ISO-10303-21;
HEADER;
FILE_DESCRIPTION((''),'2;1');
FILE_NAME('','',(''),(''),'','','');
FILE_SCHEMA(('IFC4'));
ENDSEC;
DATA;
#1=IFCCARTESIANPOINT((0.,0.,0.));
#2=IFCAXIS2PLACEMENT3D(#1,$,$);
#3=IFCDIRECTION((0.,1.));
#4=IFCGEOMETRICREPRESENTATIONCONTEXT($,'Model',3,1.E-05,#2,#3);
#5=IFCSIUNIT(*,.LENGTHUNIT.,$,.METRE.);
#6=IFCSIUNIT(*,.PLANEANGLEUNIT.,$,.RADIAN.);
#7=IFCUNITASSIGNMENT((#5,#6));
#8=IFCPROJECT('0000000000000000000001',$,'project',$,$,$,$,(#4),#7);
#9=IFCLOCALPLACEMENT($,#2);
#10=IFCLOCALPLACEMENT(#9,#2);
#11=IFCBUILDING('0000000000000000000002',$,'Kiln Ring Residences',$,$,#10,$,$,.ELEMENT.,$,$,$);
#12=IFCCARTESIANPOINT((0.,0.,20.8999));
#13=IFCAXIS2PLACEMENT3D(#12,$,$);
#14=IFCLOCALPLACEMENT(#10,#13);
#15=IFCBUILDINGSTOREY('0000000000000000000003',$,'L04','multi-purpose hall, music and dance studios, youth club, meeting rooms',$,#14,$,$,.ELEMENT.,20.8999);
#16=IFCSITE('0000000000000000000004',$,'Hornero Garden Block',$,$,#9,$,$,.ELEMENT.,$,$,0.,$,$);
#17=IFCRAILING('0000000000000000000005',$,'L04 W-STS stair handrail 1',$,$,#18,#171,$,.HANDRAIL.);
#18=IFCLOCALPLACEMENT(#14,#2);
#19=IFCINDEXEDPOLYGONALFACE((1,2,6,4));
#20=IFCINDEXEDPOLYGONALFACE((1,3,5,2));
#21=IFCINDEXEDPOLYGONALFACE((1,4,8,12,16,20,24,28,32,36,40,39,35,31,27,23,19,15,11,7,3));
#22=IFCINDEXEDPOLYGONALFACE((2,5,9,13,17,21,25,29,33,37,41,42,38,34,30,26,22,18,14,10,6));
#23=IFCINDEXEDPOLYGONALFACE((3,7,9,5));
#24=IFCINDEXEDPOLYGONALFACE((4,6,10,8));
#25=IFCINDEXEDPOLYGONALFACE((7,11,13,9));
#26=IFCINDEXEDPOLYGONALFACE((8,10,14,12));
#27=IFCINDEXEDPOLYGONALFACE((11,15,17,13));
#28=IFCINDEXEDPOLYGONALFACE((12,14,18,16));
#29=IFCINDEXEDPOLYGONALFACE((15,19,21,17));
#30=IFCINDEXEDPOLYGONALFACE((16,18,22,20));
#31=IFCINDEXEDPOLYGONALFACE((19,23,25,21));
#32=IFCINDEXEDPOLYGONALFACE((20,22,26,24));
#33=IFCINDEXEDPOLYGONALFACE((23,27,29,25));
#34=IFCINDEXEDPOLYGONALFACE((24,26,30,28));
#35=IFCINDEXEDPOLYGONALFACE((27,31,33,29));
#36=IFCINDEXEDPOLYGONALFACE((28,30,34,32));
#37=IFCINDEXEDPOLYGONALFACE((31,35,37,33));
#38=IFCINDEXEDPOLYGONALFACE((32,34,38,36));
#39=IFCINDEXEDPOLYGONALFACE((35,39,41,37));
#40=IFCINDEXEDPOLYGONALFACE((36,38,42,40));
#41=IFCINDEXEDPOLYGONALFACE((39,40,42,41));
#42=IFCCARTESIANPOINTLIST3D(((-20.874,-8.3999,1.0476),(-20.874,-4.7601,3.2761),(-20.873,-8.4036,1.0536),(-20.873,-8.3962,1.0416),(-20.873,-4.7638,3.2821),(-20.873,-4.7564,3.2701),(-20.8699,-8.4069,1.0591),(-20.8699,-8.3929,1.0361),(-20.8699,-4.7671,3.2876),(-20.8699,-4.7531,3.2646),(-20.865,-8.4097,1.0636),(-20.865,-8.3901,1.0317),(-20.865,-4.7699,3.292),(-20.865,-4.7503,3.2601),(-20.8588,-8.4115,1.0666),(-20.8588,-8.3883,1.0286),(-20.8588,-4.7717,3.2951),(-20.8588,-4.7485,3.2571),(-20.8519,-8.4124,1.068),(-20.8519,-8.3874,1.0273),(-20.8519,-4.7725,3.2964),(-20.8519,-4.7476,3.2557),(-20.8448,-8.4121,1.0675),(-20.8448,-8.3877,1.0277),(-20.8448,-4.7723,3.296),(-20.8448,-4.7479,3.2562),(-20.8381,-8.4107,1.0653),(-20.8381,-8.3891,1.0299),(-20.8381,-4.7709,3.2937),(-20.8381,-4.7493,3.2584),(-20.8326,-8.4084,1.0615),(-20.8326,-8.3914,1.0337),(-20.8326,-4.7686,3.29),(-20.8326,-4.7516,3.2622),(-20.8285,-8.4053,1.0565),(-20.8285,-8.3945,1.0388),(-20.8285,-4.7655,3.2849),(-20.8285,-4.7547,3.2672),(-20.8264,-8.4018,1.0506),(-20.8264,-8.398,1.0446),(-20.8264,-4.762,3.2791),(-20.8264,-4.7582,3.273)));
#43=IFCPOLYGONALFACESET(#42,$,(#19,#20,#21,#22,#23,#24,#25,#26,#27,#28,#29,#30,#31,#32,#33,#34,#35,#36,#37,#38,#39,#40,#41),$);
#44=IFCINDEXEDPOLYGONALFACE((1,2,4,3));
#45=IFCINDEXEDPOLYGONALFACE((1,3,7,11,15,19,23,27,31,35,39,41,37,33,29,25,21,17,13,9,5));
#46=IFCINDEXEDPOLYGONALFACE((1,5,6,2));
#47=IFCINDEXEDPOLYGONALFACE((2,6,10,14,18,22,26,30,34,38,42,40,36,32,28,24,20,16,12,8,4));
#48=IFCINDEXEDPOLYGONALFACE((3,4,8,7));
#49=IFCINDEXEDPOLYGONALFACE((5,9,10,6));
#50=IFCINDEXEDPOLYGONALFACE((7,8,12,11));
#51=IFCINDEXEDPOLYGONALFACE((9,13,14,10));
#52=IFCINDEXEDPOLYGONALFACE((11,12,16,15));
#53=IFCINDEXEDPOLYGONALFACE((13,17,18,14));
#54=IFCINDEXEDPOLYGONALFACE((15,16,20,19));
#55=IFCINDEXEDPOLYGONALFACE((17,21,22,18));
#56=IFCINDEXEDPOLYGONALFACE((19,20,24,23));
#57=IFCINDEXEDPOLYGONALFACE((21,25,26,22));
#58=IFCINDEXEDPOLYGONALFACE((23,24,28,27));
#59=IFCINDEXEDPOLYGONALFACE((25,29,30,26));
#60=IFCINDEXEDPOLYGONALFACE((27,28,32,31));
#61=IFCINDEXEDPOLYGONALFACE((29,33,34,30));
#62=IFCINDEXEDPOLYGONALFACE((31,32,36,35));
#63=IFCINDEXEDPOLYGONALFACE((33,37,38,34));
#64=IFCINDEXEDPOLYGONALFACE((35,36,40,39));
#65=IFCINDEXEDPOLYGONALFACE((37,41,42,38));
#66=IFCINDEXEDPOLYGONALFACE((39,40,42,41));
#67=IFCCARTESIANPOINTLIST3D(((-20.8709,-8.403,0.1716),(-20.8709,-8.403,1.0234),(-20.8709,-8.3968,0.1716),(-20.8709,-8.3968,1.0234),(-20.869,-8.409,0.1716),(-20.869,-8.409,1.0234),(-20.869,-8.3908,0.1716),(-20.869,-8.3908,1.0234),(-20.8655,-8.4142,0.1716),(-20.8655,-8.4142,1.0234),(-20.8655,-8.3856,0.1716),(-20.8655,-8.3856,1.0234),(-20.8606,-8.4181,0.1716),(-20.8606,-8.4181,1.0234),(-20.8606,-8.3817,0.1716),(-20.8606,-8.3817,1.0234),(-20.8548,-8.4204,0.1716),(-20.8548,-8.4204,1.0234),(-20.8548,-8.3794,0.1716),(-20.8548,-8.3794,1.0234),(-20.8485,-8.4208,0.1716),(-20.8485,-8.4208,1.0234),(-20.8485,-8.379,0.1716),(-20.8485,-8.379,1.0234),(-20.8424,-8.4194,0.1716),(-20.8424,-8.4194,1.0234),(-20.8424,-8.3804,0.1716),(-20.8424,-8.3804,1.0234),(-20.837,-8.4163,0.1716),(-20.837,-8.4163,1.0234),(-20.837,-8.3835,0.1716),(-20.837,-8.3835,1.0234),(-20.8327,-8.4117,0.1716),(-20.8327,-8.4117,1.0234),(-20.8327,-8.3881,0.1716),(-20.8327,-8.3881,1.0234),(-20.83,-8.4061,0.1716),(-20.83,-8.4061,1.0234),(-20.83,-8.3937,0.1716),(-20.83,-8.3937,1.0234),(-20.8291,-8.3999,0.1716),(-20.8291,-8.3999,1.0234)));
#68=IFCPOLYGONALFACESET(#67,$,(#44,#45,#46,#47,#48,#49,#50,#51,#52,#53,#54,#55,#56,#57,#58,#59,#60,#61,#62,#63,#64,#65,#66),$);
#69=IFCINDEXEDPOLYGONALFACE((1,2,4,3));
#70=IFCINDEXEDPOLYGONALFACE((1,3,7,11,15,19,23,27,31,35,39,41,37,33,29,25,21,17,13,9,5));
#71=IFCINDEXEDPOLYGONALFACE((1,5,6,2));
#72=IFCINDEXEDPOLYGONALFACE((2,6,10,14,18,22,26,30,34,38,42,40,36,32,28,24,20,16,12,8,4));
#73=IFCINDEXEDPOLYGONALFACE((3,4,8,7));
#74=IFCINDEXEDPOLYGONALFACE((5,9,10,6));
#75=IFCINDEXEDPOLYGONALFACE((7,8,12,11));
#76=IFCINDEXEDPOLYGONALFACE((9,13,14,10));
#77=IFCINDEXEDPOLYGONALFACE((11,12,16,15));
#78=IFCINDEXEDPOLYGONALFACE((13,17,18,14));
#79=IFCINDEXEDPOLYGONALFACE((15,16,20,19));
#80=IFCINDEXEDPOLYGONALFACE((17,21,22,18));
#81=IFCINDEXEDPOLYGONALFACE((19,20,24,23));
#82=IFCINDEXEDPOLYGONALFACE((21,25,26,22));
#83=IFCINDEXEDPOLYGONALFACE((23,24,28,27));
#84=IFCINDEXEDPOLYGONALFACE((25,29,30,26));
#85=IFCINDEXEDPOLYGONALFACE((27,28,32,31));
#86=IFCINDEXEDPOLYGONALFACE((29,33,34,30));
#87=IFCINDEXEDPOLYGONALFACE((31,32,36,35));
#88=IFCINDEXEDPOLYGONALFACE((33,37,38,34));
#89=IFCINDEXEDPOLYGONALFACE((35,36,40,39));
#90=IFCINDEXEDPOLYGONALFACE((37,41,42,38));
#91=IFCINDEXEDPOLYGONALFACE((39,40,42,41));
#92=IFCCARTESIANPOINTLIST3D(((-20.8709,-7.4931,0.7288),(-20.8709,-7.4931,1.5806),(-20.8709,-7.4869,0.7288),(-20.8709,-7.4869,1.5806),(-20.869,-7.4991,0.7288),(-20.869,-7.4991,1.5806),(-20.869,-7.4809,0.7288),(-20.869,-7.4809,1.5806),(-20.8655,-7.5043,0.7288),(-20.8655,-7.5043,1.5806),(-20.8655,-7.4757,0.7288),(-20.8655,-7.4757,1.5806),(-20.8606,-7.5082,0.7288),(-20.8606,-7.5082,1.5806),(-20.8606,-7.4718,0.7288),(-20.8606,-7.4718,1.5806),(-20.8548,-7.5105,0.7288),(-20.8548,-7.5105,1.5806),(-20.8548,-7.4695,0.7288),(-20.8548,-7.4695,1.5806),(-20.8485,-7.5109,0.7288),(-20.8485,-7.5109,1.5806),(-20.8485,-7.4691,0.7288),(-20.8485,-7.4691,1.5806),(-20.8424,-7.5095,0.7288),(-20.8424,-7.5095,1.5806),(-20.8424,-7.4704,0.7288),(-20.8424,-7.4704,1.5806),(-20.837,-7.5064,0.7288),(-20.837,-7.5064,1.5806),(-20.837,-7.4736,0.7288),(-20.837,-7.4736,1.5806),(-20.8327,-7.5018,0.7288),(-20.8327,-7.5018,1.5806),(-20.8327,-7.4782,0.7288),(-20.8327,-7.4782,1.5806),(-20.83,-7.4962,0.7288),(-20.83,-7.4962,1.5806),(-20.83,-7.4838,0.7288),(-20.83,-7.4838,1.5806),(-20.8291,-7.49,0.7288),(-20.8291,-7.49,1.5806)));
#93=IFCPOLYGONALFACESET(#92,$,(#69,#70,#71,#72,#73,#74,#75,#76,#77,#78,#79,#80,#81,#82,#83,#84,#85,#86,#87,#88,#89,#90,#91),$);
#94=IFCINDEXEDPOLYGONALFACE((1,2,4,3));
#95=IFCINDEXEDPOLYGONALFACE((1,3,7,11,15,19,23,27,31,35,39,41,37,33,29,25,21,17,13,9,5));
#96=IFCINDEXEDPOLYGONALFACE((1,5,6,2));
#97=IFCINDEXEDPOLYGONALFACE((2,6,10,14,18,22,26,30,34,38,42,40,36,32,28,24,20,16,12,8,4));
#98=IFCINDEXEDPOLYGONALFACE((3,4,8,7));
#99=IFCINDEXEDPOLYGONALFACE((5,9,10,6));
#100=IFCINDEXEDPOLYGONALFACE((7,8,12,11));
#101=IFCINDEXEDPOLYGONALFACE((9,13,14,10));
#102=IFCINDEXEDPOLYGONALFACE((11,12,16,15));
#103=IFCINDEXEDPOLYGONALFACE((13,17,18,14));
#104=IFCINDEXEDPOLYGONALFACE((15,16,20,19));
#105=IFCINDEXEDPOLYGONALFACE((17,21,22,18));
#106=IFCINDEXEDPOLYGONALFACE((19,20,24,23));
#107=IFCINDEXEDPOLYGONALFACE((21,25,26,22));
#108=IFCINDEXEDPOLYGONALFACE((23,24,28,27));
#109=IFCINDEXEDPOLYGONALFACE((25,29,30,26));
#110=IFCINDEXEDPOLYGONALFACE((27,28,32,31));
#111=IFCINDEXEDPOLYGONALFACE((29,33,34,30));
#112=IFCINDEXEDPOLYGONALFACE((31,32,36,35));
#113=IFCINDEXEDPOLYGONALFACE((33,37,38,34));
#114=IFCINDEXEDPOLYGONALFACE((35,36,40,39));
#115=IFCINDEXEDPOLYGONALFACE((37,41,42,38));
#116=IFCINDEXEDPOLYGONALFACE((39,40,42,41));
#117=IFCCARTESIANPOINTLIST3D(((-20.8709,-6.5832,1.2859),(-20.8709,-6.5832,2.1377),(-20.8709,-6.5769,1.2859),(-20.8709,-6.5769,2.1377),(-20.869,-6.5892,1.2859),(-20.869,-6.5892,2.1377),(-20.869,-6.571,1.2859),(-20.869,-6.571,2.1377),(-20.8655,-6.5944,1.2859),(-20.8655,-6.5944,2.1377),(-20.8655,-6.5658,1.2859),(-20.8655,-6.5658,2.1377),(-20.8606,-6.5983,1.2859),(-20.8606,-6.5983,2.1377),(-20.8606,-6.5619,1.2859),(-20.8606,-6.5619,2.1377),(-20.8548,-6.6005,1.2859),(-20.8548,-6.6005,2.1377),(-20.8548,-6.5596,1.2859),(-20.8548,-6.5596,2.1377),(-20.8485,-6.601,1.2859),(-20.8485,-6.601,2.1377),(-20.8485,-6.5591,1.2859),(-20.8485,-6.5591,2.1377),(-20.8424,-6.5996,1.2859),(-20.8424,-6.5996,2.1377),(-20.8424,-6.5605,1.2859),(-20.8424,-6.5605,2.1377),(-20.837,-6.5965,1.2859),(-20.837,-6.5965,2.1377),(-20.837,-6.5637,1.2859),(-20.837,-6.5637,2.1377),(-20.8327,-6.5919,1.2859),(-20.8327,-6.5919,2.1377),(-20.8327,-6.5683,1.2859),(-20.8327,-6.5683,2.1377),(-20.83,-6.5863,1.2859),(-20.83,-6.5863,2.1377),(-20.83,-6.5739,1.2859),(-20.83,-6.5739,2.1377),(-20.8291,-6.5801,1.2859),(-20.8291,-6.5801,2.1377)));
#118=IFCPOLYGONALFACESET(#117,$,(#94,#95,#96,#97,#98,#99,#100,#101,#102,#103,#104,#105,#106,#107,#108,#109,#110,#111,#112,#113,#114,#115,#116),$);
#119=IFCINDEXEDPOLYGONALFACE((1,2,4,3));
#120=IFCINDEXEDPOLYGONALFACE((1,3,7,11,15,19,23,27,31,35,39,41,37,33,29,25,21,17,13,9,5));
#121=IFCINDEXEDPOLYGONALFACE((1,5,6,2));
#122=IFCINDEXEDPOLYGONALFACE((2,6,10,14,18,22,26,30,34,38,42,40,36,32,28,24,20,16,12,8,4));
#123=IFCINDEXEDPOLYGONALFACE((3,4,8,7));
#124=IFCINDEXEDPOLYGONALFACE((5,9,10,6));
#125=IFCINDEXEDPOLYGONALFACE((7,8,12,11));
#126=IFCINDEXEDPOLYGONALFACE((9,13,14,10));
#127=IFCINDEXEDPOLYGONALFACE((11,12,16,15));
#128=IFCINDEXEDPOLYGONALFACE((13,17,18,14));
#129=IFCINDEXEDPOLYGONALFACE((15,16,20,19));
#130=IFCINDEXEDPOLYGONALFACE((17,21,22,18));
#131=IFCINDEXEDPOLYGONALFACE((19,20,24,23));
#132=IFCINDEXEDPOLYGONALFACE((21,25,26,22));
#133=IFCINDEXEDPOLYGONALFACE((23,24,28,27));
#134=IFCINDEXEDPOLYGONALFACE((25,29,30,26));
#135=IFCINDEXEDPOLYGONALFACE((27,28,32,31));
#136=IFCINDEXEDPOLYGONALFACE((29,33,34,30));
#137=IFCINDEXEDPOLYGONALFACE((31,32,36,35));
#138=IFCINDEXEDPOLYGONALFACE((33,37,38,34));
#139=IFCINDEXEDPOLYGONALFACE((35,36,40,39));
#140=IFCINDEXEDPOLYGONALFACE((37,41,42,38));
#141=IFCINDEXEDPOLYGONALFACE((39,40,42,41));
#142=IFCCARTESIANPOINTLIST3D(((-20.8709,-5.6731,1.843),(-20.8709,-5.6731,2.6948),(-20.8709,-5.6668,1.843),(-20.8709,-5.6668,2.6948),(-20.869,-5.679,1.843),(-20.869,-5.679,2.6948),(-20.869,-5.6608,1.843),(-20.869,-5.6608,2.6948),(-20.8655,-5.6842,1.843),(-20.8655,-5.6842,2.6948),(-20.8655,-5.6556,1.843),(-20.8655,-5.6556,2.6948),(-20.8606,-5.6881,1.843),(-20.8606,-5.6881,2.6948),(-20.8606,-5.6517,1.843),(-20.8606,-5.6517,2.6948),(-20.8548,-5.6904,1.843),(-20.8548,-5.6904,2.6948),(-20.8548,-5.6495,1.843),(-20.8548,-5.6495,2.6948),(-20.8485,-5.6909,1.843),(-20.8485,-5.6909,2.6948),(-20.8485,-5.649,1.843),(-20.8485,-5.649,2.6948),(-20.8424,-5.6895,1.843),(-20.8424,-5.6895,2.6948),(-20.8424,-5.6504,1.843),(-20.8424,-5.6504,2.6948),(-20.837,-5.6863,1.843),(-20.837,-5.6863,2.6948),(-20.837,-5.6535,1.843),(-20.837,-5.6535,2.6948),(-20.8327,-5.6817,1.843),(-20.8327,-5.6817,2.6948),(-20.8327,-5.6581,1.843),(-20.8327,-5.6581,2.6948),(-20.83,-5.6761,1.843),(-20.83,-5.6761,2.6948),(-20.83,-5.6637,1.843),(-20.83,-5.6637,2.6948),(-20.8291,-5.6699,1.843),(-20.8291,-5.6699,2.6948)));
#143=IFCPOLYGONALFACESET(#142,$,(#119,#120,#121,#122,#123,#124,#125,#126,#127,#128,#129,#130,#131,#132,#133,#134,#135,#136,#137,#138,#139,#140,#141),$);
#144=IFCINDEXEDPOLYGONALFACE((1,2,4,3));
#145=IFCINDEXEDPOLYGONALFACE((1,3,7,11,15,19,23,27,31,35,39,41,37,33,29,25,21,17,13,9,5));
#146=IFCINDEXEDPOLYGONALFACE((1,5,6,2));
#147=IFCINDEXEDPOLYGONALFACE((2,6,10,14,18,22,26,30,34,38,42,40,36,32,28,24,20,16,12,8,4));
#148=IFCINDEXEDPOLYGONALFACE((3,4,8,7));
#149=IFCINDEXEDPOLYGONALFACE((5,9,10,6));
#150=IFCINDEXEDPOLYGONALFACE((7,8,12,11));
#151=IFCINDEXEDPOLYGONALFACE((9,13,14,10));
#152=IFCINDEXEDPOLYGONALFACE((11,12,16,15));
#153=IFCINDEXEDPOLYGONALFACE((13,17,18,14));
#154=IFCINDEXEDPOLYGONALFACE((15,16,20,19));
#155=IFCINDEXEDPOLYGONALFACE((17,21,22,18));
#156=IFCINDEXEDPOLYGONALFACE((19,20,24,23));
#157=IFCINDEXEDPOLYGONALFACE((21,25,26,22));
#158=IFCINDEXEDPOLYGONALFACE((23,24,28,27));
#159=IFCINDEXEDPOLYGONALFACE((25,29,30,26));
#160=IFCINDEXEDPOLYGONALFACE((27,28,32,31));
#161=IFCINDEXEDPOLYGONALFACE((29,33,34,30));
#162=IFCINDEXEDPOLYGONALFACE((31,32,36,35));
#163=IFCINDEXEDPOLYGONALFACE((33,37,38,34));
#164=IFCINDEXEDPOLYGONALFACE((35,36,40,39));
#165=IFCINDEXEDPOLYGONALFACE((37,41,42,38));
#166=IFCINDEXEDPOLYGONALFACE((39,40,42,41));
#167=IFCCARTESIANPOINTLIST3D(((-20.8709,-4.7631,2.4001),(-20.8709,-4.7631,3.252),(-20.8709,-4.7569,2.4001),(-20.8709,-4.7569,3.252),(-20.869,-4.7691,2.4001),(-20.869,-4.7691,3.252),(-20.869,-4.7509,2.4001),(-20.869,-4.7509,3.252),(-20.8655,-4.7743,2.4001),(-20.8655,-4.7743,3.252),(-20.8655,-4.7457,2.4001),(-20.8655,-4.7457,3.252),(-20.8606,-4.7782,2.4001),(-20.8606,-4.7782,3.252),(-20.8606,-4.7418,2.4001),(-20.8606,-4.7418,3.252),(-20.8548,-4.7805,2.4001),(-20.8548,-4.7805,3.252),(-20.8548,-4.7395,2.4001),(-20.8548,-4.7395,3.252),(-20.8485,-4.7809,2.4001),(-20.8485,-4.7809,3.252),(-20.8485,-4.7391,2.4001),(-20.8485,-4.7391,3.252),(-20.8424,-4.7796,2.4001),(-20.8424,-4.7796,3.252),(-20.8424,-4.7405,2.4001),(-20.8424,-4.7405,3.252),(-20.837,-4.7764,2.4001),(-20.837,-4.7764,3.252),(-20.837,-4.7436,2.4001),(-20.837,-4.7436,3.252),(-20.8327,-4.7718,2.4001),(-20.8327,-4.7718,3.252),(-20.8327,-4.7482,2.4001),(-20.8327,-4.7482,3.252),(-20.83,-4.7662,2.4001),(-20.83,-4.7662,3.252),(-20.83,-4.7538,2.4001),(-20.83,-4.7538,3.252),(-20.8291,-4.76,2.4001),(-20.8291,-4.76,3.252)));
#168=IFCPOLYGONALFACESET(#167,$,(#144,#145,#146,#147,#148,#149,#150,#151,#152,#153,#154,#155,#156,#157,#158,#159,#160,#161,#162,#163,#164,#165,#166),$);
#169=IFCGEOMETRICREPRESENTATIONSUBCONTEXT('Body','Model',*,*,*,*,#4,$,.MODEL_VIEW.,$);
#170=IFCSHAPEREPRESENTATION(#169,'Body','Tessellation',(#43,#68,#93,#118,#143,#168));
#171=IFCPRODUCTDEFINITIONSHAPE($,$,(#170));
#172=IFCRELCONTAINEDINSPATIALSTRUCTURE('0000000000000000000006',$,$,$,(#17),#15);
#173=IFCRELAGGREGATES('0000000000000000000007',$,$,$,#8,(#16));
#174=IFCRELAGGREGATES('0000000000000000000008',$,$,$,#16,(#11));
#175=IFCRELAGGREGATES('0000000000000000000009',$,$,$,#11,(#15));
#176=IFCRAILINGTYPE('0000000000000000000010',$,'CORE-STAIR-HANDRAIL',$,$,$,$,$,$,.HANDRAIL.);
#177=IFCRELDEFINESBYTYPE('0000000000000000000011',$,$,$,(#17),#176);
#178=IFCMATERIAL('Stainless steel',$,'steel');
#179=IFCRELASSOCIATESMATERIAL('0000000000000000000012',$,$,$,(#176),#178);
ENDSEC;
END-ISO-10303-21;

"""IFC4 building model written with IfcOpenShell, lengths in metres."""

from ifc_helpers import new_model, si_unit, direction, frame, origin, origin_2d, place, context, subcontext, project, spatial, circle, extrude, material, type_object, element, save


model = new_model("IFC4")

# Units and contexts
model_context = context("Model", 3, precision=1e-05, world=origin(), true_north=direction((0.0, 1.0)))
body_context = subcontext(model_context, "Body", "Model", "MODEL_VIEW")
ifc_project = project(units=[si_unit("LENGTHUNIT", "METRE"), si_unit("PLANEANGLEUNIT", "RADIAN")], contexts=[model_context])

# Site, building, storey
site_placement = place(None, origin())
site = spatial("IfcSite", under=ifc_project, at=site_placement, Name="Hornero Garden Block", CompositionType="ELEMENT", RefElevation=0.0)
building_placement = place(site_placement, origin())
building = spatial("IfcBuilding", under=site, at=building_placement, Name="Kiln Ring Residences", CompositionType="ELEMENT")
storey_placement = place(building_placement, frame((0.0, 0.0, 20.8999)))
storey = spatial("IfcBuildingStorey", under=building, at=storey_placement, Name="L04", Description="multi-purpose hall, music and dance studios, youth club, meeting rooms", CompositionType="ELEMENT", Elevation=20.8999)

# Railing
ifc_material_1 = material(Name="Stainless steel", Category="steel")
railing_type_1 = type_object("IfcRailingType", Name="CORE-STAIR-HANDRAIL", PredefinedType="HANDRAIL", material=ifc_material_1)
railing_1_placement = place(storey_placement, frame((-20.8501, -8.3999, 0.1716)))
element("IfcRailing", 1, at=railing_1_placement, inside=storey, type_object=railing_type_1, Name="L04 W-STS stair handrail 1", PredefinedType="HANDRAIL", context=body_context, shape_type="SweptSolid", body=[
    extrude(circle(Radius=0.0239, at=origin_2d()), frame((0.0, 0.0, 0.876), z_axis=(0.0, 0.85285, 0.522156), x_axis=(-1.0, 0.0, 0.0)), (0.0, 0.0, 1.0), 4.2678),
    extrude(circle(Radius=0.021, at=origin_2d()), origin(), (0.0, 0.0, 1.0), 0.8518),
    extrude(circle(Radius=0.021, at=origin_2d()), frame((0.0, 0.9099, 0.5571)), (0.0, 0.0, 1.0), 0.8518),
    extrude(circle(Radius=0.021, at=origin_2d()), frame((0.0, 1.8198, 1.1143)), (0.0, 0.0, 1.0), 0.8518),
    extrude(circle(Radius=0.021, at=origin_2d()), frame((0.0, 2.73, 1.6714)), (0.0, 0.0, 1.0), 0.8518),
    extrude(circle(Radius=0.021, at=origin_2d()), frame((0.0, 3.6399, 2.2285)), (0.0, 0.0, 1.0), 0.8518),
])

save(model, "model.ifc")
